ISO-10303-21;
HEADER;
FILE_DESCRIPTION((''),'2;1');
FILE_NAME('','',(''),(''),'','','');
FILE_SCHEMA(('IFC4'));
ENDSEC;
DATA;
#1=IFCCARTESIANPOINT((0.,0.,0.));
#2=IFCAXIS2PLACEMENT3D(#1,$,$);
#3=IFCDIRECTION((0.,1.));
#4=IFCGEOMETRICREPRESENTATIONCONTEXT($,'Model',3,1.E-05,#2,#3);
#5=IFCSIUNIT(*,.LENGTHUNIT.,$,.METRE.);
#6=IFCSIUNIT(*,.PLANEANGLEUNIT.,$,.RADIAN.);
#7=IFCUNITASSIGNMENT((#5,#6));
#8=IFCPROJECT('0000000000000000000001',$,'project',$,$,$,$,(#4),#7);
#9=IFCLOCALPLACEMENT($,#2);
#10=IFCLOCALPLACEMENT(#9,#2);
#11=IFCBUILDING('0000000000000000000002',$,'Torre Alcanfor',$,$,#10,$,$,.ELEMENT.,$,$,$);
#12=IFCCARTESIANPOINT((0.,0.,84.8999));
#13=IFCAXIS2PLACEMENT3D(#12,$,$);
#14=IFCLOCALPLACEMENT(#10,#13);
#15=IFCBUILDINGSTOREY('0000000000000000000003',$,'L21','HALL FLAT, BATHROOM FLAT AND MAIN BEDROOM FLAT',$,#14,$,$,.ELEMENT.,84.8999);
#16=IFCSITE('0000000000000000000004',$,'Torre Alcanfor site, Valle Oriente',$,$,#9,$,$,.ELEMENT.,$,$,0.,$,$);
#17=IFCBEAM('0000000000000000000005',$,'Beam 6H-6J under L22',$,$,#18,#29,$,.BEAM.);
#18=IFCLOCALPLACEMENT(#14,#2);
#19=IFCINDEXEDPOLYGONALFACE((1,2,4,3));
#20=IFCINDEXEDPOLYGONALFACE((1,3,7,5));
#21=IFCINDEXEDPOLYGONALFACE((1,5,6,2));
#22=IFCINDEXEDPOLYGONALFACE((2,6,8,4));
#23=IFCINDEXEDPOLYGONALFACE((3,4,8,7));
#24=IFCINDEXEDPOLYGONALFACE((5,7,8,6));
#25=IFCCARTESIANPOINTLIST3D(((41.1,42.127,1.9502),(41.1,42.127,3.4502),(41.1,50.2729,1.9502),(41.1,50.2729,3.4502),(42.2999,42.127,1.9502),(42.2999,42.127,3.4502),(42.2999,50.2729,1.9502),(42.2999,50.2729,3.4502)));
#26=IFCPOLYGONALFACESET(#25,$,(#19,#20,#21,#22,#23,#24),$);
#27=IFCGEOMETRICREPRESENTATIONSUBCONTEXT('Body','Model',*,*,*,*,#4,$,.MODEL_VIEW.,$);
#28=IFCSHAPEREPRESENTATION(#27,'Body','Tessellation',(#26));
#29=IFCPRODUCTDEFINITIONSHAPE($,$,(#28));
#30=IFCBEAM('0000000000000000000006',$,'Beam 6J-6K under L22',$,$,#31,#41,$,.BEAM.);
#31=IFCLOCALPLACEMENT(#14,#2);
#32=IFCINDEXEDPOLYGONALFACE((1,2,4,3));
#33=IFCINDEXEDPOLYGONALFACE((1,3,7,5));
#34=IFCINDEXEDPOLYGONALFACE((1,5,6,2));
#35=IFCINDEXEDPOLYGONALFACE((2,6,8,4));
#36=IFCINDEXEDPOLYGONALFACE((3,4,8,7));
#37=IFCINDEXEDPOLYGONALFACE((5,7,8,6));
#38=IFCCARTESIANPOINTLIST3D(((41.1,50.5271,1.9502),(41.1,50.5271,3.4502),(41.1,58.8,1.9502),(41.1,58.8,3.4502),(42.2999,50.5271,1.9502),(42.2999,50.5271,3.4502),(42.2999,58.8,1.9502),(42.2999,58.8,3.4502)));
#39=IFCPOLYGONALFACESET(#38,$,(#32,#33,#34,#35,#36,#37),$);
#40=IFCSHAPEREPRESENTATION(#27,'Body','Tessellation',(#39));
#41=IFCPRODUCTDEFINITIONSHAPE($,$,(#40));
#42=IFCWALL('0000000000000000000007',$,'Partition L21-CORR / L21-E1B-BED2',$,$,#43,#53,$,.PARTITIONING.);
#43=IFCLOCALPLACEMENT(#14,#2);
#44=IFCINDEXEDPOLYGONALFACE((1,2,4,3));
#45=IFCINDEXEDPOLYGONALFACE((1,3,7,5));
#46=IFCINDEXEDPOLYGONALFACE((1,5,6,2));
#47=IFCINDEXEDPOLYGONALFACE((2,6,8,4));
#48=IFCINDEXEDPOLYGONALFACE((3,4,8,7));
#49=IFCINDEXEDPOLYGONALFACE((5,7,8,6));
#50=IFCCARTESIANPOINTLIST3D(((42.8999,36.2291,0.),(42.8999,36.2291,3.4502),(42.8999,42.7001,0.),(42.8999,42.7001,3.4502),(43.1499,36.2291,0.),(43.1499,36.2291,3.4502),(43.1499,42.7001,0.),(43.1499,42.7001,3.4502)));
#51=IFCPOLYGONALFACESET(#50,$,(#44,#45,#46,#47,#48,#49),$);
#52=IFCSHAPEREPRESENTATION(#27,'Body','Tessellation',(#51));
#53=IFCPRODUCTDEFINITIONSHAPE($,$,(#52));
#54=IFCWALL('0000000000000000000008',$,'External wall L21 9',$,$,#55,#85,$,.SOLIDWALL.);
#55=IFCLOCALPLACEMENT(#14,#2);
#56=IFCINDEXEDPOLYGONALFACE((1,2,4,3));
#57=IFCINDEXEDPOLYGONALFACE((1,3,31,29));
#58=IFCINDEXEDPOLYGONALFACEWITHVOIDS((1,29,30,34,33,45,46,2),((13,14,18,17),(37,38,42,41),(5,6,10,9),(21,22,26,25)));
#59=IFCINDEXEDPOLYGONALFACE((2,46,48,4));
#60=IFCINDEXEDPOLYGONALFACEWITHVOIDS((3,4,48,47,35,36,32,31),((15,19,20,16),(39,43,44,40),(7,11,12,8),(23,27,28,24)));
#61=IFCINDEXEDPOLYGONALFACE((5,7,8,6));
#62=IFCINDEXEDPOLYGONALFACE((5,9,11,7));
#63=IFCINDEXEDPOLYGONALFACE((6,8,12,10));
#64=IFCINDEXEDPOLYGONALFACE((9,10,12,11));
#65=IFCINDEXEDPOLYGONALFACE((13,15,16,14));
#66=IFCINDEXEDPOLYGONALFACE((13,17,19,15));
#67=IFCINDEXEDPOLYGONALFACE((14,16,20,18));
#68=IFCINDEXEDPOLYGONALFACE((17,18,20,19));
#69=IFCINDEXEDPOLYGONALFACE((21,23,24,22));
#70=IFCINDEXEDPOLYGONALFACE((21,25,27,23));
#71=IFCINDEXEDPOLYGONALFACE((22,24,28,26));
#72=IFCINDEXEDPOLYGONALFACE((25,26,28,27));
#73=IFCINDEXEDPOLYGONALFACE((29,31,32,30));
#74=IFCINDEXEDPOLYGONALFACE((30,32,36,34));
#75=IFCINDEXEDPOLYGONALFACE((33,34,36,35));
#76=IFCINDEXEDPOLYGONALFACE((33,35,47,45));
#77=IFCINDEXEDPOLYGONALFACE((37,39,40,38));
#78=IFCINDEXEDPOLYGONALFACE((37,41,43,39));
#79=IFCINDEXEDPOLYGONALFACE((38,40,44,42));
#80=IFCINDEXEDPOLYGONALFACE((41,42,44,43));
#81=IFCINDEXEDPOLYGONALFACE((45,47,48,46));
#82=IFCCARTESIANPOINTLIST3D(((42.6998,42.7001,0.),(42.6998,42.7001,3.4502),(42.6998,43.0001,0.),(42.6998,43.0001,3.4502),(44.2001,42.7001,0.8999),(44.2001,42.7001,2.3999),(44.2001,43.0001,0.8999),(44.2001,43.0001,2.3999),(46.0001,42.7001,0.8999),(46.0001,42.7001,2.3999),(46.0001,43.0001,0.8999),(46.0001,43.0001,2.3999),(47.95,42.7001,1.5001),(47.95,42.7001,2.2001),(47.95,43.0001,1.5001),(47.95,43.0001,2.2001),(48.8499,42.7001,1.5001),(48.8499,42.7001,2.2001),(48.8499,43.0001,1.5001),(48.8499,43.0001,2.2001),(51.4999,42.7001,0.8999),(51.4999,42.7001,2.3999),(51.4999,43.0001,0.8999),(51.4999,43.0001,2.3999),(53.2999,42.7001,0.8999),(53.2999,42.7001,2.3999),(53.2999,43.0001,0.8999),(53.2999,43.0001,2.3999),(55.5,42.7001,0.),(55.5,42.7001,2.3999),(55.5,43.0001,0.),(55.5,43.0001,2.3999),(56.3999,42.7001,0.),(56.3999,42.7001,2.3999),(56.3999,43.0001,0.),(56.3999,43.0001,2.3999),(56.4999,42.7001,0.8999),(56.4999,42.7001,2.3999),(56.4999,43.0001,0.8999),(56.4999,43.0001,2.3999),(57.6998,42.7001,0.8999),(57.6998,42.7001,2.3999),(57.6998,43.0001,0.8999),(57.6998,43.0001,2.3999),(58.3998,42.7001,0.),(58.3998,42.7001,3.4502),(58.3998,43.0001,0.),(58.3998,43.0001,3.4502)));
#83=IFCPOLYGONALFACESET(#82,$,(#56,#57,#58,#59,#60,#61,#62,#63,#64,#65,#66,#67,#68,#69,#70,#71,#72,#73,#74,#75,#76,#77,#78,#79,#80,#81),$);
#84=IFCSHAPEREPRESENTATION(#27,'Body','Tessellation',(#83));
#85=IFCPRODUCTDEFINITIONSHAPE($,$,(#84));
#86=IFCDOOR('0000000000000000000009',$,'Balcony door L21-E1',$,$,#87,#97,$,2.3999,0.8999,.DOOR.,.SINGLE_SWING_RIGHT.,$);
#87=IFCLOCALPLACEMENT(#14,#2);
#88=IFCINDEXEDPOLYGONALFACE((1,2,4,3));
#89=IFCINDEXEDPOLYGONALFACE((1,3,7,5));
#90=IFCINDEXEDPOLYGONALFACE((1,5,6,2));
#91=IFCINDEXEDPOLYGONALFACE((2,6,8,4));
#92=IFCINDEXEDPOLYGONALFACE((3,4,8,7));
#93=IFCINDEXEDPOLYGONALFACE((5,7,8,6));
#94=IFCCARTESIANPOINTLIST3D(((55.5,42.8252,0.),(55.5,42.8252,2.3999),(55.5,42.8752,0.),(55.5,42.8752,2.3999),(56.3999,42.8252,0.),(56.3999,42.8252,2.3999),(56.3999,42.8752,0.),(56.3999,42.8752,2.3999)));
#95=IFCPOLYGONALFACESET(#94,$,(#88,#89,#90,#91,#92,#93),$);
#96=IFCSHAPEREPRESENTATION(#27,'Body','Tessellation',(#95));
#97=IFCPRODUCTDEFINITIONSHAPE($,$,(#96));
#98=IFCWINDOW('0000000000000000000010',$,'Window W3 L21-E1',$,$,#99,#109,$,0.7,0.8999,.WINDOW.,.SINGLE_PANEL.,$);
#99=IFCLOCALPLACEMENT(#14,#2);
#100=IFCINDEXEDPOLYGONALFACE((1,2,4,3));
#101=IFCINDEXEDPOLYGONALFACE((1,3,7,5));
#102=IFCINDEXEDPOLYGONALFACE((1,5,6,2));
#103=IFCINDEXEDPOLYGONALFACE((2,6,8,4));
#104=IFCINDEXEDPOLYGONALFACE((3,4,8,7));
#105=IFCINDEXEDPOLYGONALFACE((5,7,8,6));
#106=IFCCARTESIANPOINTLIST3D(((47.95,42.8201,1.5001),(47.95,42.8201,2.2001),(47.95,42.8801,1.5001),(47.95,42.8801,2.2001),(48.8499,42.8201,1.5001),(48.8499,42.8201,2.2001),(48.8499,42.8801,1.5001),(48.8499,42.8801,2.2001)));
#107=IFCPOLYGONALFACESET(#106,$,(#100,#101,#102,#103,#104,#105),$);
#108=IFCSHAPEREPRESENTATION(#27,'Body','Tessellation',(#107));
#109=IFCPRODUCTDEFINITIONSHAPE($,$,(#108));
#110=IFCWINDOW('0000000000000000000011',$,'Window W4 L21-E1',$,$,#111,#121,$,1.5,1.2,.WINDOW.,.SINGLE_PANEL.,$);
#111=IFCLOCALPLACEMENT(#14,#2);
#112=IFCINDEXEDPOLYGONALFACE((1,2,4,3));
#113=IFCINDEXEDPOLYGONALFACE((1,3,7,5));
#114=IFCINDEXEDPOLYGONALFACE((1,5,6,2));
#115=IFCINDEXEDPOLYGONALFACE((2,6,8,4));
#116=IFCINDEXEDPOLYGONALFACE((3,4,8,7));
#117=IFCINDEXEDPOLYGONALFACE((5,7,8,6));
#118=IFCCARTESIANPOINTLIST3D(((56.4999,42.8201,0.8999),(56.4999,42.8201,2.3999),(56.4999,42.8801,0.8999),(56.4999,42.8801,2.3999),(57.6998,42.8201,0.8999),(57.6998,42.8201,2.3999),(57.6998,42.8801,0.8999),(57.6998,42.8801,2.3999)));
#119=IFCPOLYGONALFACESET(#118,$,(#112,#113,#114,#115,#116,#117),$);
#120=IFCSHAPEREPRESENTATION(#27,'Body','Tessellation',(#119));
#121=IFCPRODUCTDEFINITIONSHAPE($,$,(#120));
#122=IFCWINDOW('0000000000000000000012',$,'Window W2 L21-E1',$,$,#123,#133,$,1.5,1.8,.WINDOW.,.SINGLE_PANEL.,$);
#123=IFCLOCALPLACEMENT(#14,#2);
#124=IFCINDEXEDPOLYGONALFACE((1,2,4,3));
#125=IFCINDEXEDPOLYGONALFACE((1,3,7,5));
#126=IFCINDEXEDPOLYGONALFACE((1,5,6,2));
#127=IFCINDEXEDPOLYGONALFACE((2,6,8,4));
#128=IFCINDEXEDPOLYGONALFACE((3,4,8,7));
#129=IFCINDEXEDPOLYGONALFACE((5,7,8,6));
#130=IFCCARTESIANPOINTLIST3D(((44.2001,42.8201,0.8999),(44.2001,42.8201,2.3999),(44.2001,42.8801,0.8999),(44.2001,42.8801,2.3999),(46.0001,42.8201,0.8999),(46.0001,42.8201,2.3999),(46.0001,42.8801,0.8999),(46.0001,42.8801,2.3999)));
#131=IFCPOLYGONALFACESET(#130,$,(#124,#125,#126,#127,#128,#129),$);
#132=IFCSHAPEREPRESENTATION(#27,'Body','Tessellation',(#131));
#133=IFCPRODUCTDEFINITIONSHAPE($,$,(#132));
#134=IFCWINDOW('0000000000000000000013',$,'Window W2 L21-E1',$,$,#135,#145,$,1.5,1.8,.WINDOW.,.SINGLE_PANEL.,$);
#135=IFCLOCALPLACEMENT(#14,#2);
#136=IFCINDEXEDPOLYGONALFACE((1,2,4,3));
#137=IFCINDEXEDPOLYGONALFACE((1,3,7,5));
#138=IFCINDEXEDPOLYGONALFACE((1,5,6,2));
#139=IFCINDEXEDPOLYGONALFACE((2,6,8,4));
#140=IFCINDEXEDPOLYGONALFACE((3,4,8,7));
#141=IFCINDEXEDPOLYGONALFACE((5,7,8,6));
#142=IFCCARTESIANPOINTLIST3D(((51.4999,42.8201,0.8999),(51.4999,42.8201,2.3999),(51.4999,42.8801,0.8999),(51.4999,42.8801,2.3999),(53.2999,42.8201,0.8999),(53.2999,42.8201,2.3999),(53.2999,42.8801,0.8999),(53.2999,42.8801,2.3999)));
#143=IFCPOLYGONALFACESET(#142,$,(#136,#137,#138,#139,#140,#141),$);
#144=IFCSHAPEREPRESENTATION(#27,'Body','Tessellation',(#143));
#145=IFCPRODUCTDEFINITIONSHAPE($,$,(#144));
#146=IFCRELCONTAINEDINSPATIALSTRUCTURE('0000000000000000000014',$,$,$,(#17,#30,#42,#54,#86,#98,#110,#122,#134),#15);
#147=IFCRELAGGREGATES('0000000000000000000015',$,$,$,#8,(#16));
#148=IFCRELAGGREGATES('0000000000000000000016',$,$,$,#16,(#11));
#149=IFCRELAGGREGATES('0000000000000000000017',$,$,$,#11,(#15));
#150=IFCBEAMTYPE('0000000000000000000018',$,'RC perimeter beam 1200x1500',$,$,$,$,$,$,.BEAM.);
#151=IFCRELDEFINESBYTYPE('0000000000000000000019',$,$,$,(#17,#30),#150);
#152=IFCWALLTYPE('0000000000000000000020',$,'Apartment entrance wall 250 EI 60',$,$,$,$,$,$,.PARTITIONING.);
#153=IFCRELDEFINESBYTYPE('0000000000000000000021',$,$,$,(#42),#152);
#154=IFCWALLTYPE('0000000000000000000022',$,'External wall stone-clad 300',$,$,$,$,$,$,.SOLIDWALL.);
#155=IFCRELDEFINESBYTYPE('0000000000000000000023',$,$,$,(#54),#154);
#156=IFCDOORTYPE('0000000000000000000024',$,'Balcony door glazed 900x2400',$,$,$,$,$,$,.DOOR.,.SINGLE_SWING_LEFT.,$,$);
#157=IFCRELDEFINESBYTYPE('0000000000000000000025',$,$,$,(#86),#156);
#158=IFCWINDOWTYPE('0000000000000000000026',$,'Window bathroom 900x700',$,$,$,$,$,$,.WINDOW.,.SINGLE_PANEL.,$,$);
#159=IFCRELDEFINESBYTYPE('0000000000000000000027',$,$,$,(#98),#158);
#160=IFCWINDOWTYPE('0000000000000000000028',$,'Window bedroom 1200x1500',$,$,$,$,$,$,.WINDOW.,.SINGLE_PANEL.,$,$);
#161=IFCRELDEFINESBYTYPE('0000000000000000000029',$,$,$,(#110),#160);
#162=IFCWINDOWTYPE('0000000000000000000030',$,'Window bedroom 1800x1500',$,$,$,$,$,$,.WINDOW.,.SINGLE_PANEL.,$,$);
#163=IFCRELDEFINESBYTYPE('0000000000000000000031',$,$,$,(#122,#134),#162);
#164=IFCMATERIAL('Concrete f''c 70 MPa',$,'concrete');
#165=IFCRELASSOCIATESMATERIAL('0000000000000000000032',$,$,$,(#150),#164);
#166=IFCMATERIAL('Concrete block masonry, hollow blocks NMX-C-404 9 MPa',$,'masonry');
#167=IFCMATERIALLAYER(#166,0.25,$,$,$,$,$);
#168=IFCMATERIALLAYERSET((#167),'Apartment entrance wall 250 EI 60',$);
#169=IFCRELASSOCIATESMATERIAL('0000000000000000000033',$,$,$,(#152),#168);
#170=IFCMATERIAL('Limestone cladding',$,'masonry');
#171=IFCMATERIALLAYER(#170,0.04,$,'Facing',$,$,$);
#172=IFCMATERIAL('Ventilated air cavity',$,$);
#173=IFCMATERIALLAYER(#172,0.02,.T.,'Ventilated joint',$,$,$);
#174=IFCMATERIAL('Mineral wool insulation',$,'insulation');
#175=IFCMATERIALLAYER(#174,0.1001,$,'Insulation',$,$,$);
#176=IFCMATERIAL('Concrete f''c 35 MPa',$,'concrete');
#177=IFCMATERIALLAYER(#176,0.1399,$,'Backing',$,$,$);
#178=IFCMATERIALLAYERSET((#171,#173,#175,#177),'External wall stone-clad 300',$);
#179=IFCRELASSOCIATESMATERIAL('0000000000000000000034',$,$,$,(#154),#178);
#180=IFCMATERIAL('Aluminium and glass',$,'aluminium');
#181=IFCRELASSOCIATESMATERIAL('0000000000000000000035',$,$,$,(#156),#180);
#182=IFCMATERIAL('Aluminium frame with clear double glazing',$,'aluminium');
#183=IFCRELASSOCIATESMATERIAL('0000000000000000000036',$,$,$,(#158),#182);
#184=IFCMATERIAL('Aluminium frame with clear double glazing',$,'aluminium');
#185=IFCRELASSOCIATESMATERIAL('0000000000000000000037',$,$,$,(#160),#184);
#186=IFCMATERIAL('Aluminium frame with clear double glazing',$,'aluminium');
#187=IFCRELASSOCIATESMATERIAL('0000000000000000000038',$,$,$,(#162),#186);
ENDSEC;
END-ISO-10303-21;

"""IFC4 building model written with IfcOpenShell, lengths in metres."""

from ifc_helpers import new_model, si_unit, direction, frame, frame_2d, origin, origin_2d, place, context, subcontext, project, spatial, rectangle, extrude, material, layer, layer_set, material_profile, profile_set, type_object, element, fill, save


model = new_model("IFC4")

# Units and contexts
model_context = context("Model", 3, precision=1e-05, world=origin(), true_north=direction((0.0, 1.0)))
body_context = subcontext(model_context, "Body", "Model", "MODEL_VIEW")
ifc_project = project(units=[si_unit("LENGTHUNIT", "METRE"), si_unit("PLANEANGLEUNIT", "RADIAN")], contexts=[model_context])

# Site, building, storey
site_placement = place(None, origin())
site = spatial("IfcSite", under=ifc_project, at=site_placement, Name="Torre Alcanfor site, Valle Oriente", CompositionType="ELEMENT", RefElevation=0.0)
building_placement = place(site_placement, origin())
building = spatial("IfcBuilding", under=site, at=building_placement, Name="Torre Alcanfor", CompositionType="ELEMENT")
storey_placement = place(building_placement, frame((0.0, 0.0, 84.8999)))
storey = spatial("IfcBuildingStorey", under=building, at=storey_placement, Name="L21", Description="HALL FLAT, BATHROOM FLAT AND MAIN BEDROOM FLAT", CompositionType="ELEMENT", Elevation=84.8999)

# Beams
ifc_material_1 = material(Name="Concrete f'c 70 MPa", Category="concrete")
ifc_material_profile_1 = material_profile(ifc_material_1, rectangle(XDim=1.2, YDim=1.5, at=origin_2d()), Name="1200x1500")
ifc_profile_set_1 = profile_set([ifc_material_profile_1], Name="Concrete f'c 70 MPa")
beam_type_1 = type_object("IfcBeamType", Name="RC perimeter beam 1200x1500", PredefinedType="BEAM", material=ifc_profile_set_1)
beam_1_placement = place(storey_placement, frame((41.7, 42.127, 2.7002), z_axis=(0.0, 1.0, 0.0), x_axis=(-1.0, 0.0, 0.0)))
element("IfcBeam", 1, at=beam_1_placement, inside=storey, type_object=beam_type_1, Name="Beam 6H-6J under L22", PredefinedType="BEAM", context=body_context, shape_type="SweptSolid", body=[
    extrude(rectangle(XDim=1.2, YDim=1.5, at=origin_2d()), origin(), (0.0, 0.0, 1.0), 8.146),
])
beam_2_placement = place(storey_placement, frame((41.7, 50.5271, 2.7002), z_axis=(0.0, 1.0, 0.0), x_axis=(-1.0, 0.0, 0.0)))
element("IfcBeam", 2, at=beam_2_placement, inside=storey, type_object=beam_type_1, Name="Beam 6J-6K under L22", PredefinedType="BEAM", context=body_context, shape_type="SweptSolid", body=[
    extrude(rectangle(XDim=1.2, YDim=1.5, at=origin_2d()), origin(), (0.0, 0.0, 1.0), 8.2729),
])

# Wall
ifc_material_2 = material(Name="Concrete block masonry, hollow blocks NMX-C-404 9 MPa", Category="masonry")
ifc_layer_1 = layer(ifc_material_2, 0.25)
ifc_layer_set_1 = layer_set([ifc_layer_1], Name="Apartment entrance wall 250 EI 60")
wall_type_1 = type_object("IfcWallType", Name="Apartment entrance wall 250 EI 60", PredefinedType="PARTITIONING", material=ifc_layer_set_1)
wall_1_placement = place(storey_placement, frame((43.0249, 42.7, 0.0), z_axis=(0.0, 0.0, 1.0), x_axis=(0.0, -1.0, 0.0)))
element("IfcWall", 3, at=wall_1_placement, inside=storey, type_object=wall_type_1, Name="Partition L21-CORR / L21-E1B-BED2", PredefinedType="PARTITIONING", context=body_context, shape_type="SweptSolid", body=[
    extrude(rectangle(XDim=6.4709, YDim=0.25, at=frame_2d((3.2354, 0.0))), origin(), (0.0, 0.0, 1.0), 3.4502),
])

# Wall, openings, door, windows
ifc_material_3 = material(Name="Limestone cladding", Category="masonry")
ifc_layer_2 = layer(ifc_material_3, 0.04, Name="Facing")
ifc_material_4 = material(Name="Ventilated air cavity")
ifc_layer_3 = layer(ifc_material_4, 0.02, ventilated=True, Name="Ventilated joint")
ifc_material_5 = material(Name="Mineral wool insulation", Category="insulation")
ifc_layer_4 = layer(ifc_material_5, 0.1001, Name="Insulation")
ifc_material_6 = material(Name="Concrete f'c 35 MPa", Category="concrete")
ifc_layer_5 = layer(ifc_material_6, 0.1399, Name="Backing")
ifc_layer_set_2 = layer_set([ifc_layer_2, ifc_layer_3, ifc_layer_4, ifc_layer_5], Name="External wall stone-clad 300")
wall_type_2 = type_object("IfcWallType", Name="External wall stone-clad 300", PredefinedType="SOLIDWALL", material=ifc_layer_set_2)
wall_2_placement = place(storey_placement, frame((58.3999, 42.8501, 0.0), z_axis=(0.0, 0.0, 1.0), x_axis=(-1.0, 0.0, 0.0)))
wall_2 = element("IfcWall", 4, at=wall_2_placement, inside=storey, type_object=wall_type_2, Name="External wall L21 9", PredefinedType="SOLIDWALL", context=body_context, shape_type="SweptSolid", body=[
    extrude(rectangle(XDim=15.7, YDim=0.3, at=frame_2d((7.8501, 0.0))), origin(), (0.0, 0.0, 1.0), 3.4502),
])
opening_1_placement = place(wall_2_placement, frame((12.3999, 0.0, 0.8999)))
opening_1 = element("IfcOpeningElement", 5, at=opening_1_placement, cuts=wall_2, PredefinedType="OPENING", context=body_context, shape_type="SweptSolid", body=[
    extrude(rectangle(XDim=1.8, YDim=1.5, at=frame_2d((0.8999, 0.75))), frame((0.0, 0.1599, 0.0), z_axis=(0.0, -1.0, 0.0), x_axis=(1.0, 0.0, 0.0)), (0.0, 0.0, 1.0), 0.3201),
])
opening_2_placement = place(wall_2_placement, frame((9.55, 0.0, 1.5)))
opening_2 = element("IfcOpeningElement", 6, at=opening_2_placement, cuts=wall_2, PredefinedType="OPENING", context=body_context, shape_type="SweptSolid", body=[
    extrude(rectangle(XDim=0.8999, YDim=0.7, at=frame_2d((0.45, 0.3501))), frame((0.0, 0.1599, 0.0), z_axis=(0.0, -1.0, 0.0), x_axis=(1.0, 0.0, 0.0)), (0.0, 0.0, 1.0), 0.3201),
])
opening_3_placement = place(wall_2_placement, frame((5.1001, 0.0, 0.8999)))
opening_3 = element("IfcOpeningElement", 7, at=opening_3_placement, cuts=wall_2, PredefinedType="OPENING", context=body_context, shape_type="SweptSolid", body=[
    extrude(rectangle(XDim=1.8, YDim=1.5, at=frame_2d((0.8999, 0.75))), frame((0.0, 0.1599, 0.0), z_axis=(0.0, -1.0, 0.0), x_axis=(1.0, 0.0, 0.0)), (0.0, 0.0, 1.0), 0.3201),
])
opening_4_placement = place(wall_2_placement, frame((2.0, 0.0, 0.0)))
opening_4 = element("IfcOpeningElement", 8, at=opening_4_placement, cuts=wall_2, PredefinedType="OPENING", context=body_context, shape_type="SweptSolid", body=[
    extrude(rectangle(XDim=0.8999, YDim=2.3999, at=frame_2d((0.45, 1.2))), frame((0.0, 0.1599, 0.0), z_axis=(0.0, -1.0, 0.0), x_axis=(1.0, 0.0, 0.0)), (0.0, 0.0, 1.0), 0.3201),
])
opening_5_placement = place(wall_2_placement, frame((0.7, 0.0, 0.8999)))
opening_5 = element("IfcOpeningElement", 9, at=opening_5_placement, cuts=wall_2, PredefinedType="OPENING", context=body_context, shape_type="SweptSolid", body=[
    extrude(rectangle(XDim=1.2, YDim=1.5, at=frame_2d((0.6001, 0.75))), frame((0.0, 0.1599, 0.0), z_axis=(0.0, -1.0, 0.0), x_axis=(1.0, 0.0, 0.0)), (0.0, 0.0, 1.0), 0.3201),
])
ifc_material_7 = material(Name="Aluminium and glass", Category="aluminium")
door_type = type_object("IfcDoorType", Name="Balcony door glazed 900x2400", OperationType="SINGLE_SWING_LEFT", PredefinedType="DOOR", material=ifc_material_7)
door_1_placement = place(opening_4_placement, origin())
door_1 = element("IfcDoor", 10, at=door_1_placement, inside=storey, type_object=door_type, Name="Balcony door L21-E1", OperationType="SINGLE_SWING_RIGHT", OverallHeight=2.3999, OverallWidth=0.8999, PredefinedType="DOOR", context=body_context, shape_type="SweptSolid", body=[
    extrude(rectangle(XDim=0.8999, YDim=2.3999, at=frame_2d((0.45, 1.2))), frame((0.0, 0.0249, 0.0), z_axis=(0.0, -1.0, 0.0), x_axis=(1.0, 0.0, 0.0)), (0.0, 0.0, 1.0), 0.05),
])
fill(opening_4, door_1)
ifc_material_8 = material(Name="Aluminium frame with clear double glazing", Category="aluminium")
window_type_1 = type_object("IfcWindowType", Name="Window bathroom 900x700", PartitioningType="SINGLE_PANEL", PredefinedType="WINDOW", material=ifc_material_8)
window_1_placement = place(opening_2_placement, origin())
window_1 = element("IfcWindow", 11, at=window_1_placement, inside=storey, type_object=window_type_1, Name="Window W3 L21-E1", OverallHeight=0.7, OverallWidth=0.8999, PartitioningType="SINGLE_PANEL", PredefinedType="WINDOW", context=body_context, shape_type="SweptSolid", body=[
    extrude(rectangle(XDim=0.8999, YDim=0.7, at=frame_2d((0.45, 0.3501))), frame((0.0, 0.03, 0.0), z_axis=(0.0, -1.0, 0.0), x_axis=(1.0, 0.0, 0.0)), (0.0, 0.0, 1.0), 0.0601),
])
fill(opening_2, window_1)
ifc_material_9 = material(Name="Aluminium frame with clear double glazing", Category="aluminium")
window_type_2 = type_object("IfcWindowType", Name="Window bedroom 1200x1500", PartitioningType="SINGLE_PANEL", PredefinedType="WINDOW", material=ifc_material_9)
window_2_placement = place(opening_5_placement, origin())
window_2 = element("IfcWindow", 12, at=window_2_placement, inside=storey, type_object=window_type_2, Name="Window W4 L21-E1", OverallHeight=1.5, OverallWidth=1.2, PartitioningType="SINGLE_PANEL", PredefinedType="WINDOW", context=body_context, shape_type="SweptSolid", body=[
    extrude(rectangle(XDim=1.2, YDim=1.5, at=frame_2d((0.6001, 0.75))), frame((0.0, 0.03, 0.0), z_axis=(0.0, -1.0, 0.0), x_axis=(1.0, 0.0, 0.0)), (0.0, 0.0, 1.0), 0.0601),
])
fill(opening_5, window_2)
ifc_material_10 = material(Name="Aluminium frame with clear double glazing", Category="aluminium")
window_type_3 = type_object("IfcWindowType", Name="Window bedroom 1800x1500", PartitioningType="SINGLE_PANEL", PredefinedType="WINDOW", material=ifc_material_10)
window_3_placement = place(opening_1_placement, origin())
window_3 = element("IfcWindow", 13, at=window_3_placement, inside=storey, type_object=window_type_3, Name="Window W2 L21-E1", OverallHeight=1.5, OverallWidth=1.8, PartitioningType="SINGLE_PANEL", PredefinedType="WINDOW", context=body_context, shape_type="SweptSolid", body=[
    extrude(rectangle(XDim=1.8, YDim=1.5, at=frame_2d((0.8999, 0.75))), frame((0.0, 0.03, 0.0), z_axis=(0.0, -1.0, 0.0), x_axis=(1.0, 0.0, 0.0)), (0.0, 0.0, 1.0), 0.0601),
])
fill(opening_1, window_3)
window_4_placement = place(opening_3_placement, origin())
window_4 = element("IfcWindow", 14, at=window_4_placement, inside=storey, type_object=window_type_3, Name="Window W2 L21-E1", OverallHeight=1.5, OverallWidth=1.8, PartitioningType="SINGLE_PANEL", PredefinedType="WINDOW", context=body_context, shape_type="SweptSolid", body=[
    extrude(rectangle(XDim=1.8, YDim=1.5, at=frame_2d((0.8999, 0.75))), frame((0.0, 0.03, 0.0), z_axis=(0.0, -1.0, 0.0), x_axis=(1.0, 0.0, 0.0)), (0.0, 0.0, 1.0), 0.0601),
])
fill(opening_3, window_4)

save(model, "model.ifc")
